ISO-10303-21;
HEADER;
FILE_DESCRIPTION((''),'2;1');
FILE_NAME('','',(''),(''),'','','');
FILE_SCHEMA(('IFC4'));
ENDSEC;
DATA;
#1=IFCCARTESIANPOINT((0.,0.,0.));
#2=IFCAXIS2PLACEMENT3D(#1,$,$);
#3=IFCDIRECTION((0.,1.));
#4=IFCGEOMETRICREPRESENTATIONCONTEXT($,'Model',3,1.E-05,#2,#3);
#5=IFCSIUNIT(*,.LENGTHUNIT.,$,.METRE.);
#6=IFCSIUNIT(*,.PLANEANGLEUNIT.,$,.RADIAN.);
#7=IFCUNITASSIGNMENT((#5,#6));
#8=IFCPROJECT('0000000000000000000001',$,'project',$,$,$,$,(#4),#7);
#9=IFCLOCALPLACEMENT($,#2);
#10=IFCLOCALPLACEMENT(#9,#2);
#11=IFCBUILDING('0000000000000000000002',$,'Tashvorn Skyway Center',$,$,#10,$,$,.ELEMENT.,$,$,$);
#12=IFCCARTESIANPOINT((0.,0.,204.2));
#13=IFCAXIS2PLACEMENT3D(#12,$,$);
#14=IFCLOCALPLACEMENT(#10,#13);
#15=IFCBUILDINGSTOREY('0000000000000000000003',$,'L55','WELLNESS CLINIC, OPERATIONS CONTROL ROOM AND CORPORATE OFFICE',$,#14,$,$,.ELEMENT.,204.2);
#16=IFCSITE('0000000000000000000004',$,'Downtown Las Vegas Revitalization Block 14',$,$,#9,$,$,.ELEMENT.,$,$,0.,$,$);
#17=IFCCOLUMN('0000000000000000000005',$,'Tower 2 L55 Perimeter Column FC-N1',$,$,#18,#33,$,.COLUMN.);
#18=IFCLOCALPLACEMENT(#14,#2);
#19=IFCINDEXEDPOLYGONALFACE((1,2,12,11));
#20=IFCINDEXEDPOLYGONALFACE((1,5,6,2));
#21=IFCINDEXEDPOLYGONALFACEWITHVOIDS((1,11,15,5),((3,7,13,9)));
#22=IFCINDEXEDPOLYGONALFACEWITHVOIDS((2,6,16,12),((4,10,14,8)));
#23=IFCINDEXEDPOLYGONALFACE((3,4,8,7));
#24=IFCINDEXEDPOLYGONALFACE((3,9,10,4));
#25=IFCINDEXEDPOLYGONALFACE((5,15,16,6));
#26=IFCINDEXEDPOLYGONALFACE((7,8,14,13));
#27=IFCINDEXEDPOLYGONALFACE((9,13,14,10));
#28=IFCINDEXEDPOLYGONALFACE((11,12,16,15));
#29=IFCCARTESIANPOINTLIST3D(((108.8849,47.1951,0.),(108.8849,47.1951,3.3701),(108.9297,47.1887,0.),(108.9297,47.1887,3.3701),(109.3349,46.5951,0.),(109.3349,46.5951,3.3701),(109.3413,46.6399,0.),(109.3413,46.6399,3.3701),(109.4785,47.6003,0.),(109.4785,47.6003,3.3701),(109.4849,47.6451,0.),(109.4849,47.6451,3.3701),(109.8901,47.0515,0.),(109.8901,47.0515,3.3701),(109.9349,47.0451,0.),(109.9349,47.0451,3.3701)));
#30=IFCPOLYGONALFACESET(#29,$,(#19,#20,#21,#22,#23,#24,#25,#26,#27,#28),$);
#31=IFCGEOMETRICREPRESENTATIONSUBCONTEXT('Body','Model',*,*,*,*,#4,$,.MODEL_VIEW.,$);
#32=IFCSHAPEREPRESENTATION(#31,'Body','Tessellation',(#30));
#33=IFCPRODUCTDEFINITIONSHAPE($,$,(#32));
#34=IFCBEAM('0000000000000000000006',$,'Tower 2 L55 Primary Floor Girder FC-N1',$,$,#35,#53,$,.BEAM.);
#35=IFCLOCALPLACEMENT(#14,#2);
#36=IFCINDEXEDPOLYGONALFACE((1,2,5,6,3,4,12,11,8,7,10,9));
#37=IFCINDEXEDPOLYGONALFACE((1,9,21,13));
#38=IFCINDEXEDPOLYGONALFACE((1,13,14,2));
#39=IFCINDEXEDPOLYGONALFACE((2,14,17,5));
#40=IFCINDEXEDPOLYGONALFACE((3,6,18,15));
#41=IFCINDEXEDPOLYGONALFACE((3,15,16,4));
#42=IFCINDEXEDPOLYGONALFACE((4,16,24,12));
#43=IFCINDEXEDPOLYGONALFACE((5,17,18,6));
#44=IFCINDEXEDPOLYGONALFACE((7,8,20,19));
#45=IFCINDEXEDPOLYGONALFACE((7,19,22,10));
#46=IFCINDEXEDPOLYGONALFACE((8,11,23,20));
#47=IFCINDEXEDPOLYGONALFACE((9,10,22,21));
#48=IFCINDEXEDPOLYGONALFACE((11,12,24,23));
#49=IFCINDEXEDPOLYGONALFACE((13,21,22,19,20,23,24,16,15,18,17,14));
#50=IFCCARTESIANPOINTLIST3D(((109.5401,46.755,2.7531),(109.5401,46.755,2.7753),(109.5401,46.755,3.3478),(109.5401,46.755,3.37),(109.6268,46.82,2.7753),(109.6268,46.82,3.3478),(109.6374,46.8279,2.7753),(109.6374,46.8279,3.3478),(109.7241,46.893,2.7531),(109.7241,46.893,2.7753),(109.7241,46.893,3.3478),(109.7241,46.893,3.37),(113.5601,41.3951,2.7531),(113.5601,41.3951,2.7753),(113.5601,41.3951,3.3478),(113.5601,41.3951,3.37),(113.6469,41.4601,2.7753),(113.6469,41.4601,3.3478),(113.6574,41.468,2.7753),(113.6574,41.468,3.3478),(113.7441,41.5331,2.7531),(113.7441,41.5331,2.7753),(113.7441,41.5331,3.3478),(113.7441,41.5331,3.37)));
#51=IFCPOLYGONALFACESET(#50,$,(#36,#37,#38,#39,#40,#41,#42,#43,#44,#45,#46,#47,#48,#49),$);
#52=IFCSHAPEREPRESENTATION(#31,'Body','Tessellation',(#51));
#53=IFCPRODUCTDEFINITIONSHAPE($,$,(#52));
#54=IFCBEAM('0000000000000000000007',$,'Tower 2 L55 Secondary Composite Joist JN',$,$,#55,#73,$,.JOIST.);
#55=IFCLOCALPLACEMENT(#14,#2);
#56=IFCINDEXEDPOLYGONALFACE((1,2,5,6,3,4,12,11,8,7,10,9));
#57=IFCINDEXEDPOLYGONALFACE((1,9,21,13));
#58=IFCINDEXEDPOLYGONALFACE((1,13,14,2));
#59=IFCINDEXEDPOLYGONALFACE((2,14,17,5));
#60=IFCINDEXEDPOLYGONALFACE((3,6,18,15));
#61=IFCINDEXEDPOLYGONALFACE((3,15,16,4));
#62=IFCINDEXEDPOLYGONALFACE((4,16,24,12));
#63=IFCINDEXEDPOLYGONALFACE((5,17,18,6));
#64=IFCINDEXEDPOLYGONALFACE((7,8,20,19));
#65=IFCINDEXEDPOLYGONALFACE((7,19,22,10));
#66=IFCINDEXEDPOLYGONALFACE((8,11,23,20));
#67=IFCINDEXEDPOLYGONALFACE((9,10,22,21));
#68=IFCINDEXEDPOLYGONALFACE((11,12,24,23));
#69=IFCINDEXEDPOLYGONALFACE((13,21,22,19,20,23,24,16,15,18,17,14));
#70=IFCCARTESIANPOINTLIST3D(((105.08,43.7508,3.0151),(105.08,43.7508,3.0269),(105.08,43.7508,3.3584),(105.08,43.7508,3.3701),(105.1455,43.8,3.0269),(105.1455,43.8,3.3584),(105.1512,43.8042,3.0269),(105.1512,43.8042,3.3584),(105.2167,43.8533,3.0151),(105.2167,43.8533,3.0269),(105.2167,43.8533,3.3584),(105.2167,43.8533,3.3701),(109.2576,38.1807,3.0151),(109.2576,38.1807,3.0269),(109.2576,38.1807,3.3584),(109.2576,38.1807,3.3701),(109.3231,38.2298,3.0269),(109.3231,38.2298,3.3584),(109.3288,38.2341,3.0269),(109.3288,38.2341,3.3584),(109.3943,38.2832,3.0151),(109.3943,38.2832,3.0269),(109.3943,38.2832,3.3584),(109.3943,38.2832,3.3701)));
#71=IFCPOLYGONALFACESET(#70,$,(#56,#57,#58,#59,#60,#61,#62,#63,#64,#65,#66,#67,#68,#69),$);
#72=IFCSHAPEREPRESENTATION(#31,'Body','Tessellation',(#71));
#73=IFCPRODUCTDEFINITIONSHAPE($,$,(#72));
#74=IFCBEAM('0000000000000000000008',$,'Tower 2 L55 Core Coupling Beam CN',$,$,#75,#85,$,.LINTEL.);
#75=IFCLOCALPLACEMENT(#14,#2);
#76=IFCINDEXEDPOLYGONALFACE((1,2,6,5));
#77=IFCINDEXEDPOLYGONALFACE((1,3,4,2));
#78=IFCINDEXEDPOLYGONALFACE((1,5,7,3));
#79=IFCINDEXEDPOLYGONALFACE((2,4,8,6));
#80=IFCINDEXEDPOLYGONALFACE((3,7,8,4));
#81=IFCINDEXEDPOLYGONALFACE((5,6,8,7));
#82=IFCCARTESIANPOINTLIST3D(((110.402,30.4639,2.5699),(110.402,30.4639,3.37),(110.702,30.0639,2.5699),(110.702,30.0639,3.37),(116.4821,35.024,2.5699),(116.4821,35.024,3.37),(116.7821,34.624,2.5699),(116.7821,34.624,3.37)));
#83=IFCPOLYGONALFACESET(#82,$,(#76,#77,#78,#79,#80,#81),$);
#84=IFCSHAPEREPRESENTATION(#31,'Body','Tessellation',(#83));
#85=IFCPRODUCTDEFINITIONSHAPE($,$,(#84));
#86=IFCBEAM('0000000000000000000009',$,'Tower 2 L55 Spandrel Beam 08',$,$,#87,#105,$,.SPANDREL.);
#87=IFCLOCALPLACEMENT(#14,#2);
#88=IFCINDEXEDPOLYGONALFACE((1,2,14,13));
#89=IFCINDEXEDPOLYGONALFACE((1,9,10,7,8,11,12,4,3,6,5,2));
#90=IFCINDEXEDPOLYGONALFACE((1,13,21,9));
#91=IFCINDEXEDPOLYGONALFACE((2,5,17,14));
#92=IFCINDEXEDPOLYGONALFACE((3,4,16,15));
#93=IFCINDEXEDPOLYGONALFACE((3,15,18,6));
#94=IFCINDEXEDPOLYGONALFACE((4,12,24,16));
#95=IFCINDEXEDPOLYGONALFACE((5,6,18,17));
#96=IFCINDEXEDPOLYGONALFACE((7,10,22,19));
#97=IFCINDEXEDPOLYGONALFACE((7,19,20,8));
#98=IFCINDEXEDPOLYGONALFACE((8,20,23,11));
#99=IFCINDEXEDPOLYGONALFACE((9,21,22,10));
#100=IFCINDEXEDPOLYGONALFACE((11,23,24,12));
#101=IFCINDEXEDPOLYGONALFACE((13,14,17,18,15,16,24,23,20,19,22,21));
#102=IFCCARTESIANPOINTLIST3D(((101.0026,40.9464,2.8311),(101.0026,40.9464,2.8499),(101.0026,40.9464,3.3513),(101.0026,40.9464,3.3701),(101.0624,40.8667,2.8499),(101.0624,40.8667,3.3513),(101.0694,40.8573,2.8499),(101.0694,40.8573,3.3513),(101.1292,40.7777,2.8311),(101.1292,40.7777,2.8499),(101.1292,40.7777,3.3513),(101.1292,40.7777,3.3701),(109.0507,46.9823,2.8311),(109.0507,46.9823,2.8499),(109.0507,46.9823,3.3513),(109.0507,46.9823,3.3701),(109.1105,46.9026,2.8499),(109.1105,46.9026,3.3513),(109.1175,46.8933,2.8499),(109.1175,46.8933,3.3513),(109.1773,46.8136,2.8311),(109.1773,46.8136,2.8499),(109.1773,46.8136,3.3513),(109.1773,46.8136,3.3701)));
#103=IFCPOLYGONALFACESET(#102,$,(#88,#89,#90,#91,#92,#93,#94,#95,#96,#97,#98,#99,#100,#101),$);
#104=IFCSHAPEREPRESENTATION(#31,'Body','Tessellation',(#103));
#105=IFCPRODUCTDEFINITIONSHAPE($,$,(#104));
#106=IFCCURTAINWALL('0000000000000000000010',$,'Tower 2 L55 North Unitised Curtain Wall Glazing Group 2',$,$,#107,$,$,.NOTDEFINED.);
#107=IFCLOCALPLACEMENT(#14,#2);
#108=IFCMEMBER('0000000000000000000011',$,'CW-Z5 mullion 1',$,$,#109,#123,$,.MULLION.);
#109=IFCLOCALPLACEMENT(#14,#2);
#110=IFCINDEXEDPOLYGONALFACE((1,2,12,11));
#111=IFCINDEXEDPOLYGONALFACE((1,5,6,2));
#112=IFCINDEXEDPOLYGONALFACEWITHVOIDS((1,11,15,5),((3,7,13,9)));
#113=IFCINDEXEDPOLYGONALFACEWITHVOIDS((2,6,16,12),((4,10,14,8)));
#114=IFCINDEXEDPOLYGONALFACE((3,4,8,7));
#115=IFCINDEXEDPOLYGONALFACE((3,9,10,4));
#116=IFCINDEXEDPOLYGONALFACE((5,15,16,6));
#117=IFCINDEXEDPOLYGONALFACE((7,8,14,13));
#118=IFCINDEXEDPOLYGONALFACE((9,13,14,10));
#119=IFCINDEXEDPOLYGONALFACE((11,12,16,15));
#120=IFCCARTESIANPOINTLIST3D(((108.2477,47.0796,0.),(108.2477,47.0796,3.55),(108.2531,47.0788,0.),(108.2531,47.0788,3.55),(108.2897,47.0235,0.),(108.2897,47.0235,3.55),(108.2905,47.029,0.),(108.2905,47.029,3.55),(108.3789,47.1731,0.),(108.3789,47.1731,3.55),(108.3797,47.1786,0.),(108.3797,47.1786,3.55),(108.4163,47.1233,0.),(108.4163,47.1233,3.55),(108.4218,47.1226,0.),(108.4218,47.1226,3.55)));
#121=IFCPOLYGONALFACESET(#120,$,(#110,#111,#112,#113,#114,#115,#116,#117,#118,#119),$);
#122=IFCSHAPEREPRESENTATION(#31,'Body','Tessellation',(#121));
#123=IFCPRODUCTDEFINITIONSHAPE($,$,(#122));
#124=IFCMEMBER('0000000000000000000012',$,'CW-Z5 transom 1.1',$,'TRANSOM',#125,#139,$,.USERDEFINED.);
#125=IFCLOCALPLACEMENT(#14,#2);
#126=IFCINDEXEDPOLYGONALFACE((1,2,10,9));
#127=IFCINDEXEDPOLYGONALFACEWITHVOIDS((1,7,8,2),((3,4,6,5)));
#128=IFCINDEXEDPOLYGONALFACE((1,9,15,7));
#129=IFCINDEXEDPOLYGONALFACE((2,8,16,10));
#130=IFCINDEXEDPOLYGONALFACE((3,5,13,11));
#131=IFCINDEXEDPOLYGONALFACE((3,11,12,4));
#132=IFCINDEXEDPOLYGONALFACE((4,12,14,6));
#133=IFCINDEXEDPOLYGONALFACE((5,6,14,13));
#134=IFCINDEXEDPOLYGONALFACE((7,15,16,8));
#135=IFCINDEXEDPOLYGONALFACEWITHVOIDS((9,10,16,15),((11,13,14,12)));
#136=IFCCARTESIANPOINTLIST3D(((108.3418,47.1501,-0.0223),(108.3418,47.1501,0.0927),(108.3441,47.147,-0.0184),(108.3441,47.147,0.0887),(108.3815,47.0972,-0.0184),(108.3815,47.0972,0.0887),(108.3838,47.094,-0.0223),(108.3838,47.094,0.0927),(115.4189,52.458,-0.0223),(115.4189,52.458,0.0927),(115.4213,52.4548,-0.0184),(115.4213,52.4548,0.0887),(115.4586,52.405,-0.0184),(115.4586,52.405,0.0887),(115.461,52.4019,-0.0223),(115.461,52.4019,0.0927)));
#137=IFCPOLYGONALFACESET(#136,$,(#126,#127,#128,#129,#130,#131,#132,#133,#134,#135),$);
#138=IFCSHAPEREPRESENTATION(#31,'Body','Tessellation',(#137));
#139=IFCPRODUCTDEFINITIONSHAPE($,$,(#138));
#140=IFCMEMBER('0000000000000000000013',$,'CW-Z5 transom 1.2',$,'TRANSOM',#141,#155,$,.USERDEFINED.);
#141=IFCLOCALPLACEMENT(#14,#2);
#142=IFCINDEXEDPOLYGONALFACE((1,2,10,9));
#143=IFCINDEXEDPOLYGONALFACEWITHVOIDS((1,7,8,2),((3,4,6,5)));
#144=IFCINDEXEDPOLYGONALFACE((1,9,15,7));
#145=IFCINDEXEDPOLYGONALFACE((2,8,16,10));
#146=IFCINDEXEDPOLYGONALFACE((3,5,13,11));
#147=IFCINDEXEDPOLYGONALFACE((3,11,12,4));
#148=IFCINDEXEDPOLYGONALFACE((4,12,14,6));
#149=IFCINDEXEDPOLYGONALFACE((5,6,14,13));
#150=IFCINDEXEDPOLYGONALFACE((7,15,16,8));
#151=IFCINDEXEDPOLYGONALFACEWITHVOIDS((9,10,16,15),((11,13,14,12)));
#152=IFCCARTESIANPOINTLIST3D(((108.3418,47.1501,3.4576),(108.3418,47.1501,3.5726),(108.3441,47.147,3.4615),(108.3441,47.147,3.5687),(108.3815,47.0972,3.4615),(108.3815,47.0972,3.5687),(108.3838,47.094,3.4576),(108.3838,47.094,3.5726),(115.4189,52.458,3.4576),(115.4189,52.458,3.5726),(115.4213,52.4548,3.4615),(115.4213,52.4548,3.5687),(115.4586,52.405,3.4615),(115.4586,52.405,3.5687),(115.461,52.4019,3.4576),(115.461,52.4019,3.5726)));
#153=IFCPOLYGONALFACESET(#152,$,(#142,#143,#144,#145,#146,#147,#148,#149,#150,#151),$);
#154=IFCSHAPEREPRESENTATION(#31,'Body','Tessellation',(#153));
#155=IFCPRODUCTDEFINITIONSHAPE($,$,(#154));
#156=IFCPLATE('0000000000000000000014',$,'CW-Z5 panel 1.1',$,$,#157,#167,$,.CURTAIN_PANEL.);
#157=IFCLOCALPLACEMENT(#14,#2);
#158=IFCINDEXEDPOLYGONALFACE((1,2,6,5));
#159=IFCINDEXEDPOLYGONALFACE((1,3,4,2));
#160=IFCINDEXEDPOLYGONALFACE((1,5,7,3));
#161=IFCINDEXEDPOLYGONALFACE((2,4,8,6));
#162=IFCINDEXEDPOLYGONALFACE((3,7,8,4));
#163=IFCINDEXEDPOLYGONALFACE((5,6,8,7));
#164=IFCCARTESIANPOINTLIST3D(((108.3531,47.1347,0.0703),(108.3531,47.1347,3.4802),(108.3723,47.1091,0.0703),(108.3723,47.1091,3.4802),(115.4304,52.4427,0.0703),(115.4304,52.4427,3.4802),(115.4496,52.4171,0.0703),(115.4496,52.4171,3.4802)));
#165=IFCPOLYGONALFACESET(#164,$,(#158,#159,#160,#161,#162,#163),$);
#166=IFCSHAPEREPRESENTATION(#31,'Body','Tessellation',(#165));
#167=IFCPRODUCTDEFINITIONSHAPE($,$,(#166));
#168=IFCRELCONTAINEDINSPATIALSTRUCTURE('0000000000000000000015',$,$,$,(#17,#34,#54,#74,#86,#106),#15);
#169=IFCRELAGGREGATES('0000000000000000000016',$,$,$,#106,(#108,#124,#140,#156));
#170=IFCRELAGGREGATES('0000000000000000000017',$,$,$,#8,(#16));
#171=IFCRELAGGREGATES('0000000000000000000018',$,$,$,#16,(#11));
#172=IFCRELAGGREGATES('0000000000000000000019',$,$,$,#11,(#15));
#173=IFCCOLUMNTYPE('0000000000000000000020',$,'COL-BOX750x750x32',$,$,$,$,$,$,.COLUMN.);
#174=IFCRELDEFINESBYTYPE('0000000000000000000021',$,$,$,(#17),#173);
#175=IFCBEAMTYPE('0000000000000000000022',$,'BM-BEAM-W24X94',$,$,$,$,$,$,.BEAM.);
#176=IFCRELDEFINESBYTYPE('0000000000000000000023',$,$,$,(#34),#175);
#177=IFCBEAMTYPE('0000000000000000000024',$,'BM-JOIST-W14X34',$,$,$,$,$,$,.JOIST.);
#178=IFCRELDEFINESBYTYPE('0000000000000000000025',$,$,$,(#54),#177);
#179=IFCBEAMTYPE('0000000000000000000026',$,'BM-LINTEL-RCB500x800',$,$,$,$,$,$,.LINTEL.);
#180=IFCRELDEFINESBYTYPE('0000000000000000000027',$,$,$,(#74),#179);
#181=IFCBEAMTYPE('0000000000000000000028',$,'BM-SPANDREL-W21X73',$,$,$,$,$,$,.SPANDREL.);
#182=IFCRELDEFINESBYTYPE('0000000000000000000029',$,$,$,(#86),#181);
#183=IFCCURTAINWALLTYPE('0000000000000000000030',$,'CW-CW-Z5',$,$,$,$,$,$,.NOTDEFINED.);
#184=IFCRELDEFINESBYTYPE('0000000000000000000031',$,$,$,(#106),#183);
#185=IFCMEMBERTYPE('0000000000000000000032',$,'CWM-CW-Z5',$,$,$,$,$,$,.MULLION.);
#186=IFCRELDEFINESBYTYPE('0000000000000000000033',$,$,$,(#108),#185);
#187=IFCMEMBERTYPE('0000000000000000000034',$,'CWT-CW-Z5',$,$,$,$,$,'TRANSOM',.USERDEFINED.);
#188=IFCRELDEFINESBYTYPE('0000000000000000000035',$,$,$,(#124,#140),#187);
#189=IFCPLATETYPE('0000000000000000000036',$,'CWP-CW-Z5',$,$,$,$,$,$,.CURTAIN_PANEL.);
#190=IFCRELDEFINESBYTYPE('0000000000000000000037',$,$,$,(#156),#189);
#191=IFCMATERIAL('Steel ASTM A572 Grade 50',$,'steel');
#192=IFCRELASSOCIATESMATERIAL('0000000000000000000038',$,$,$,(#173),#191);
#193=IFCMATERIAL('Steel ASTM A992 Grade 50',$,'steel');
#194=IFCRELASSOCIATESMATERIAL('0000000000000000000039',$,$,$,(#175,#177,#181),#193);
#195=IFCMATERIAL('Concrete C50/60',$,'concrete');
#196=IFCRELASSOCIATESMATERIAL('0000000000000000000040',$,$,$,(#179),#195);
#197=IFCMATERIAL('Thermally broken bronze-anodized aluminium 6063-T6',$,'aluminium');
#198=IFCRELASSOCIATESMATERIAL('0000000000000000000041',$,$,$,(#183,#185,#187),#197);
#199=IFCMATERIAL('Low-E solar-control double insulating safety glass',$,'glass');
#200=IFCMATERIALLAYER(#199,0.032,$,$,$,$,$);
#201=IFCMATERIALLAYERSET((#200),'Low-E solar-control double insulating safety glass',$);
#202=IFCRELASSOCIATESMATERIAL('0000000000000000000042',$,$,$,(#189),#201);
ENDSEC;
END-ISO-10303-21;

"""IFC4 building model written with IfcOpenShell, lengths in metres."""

from ifc_helpers import new_model, si_unit, direction, frame, origin, origin_2d, place, context, subcontext, project, spatial, rectangle, hollow_rectangle, i_section, extrude, material, layer, layer_set, material_profile, profile_set, type_object, element, aggregate, save


model = new_model("IFC4")

# Units and contexts
model_context = context("Model", 3, precision=1e-05, world=origin(), true_north=direction((0.0, 1.0)))
body_context = subcontext(model_context, "Body", "Model", "MODEL_VIEW")
ifc_project = project(units=[si_unit("LENGTHUNIT", "METRE"), si_unit("PLANEANGLEUNIT", "RADIAN")], contexts=[model_context])

# Site, building, storey
site_placement = place(None, origin())
site = spatial("IfcSite", under=ifc_project, at=site_placement, Name="Downtown Las Vegas Revitalization Block 14", CompositionType="ELEMENT", RefElevation=0.0)
building_placement = place(site_placement, origin())
building = spatial("IfcBuilding", under=site, at=building_placement, Name="Tashvorn Skyway Center", CompositionType="ELEMENT")
storey_placement = place(building_placement, frame((0.0, 0.0, 204.2)))
storey = spatial("IfcBuildingStorey", under=building, at=storey_placement, Name="L55", Description="WELLNESS CLINIC, OPERATIONS CONTROL ROOM AND CORPORATE OFFICE", CompositionType="ELEMENT", Elevation=204.2)

# Column
ifc_material_1 = material(Name="Steel ASTM A572 Grade 50", Category="steel")
ifc_material_profile_1 = material_profile(ifc_material_1, hollow_rectangle(XDim=0.75, YDim=0.75, WallThickness=0.032, at=origin_2d()), Name="BOX750x750x32")
ifc_profile_set_1 = profile_set([ifc_material_profile_1], Name="Steel ASTM A572 Grade 50")
column_type = type_object("IfcColumnType", Name="COL-BOX750x750x32", PredefinedType="COLUMN", material=ifc_profile_set_1)
column_placement = place(storey_placement, frame((109.4099, 47.1201, 0.0), z_axis=(0.0, 0.0, 1.0), x_axis=(0.8, 0.6, 0.0)))
element("IfcColumn", 1, at=column_placement, inside=storey, type_object=column_type, Name="Tower 2 L55 Perimeter Column FC-N1", PredefinedType="COLUMN", context=body_context, shape_type="SweptSolid", body=[
    extrude(hollow_rectangle(XDim=0.75, YDim=0.75, WallThickness=0.032, at=origin_2d()), origin(), (0.0, 0.0, 1.0), 3.3701),
])

# Beams
ifc_material_2 = material(Name="Steel ASTM A992 Grade 50", Category="steel")
ifc_material_profile_2 = material_profile(ifc_material_2, i_section(OverallWidth=0.23, OverallDepth=0.6169, WebThickness=0.0132, FlangeThickness=0.0222, at=origin_2d()), Name="W24X94")
ifc_profile_set_2 = profile_set([ifc_material_profile_2], Name="Steel ASTM A992 Grade 50")
beam_type_1 = type_object("IfcBeamType", Name="BM-BEAM-W24X94", PredefinedType="BEAM", material=ifc_profile_set_2)
beam_1_placement = place(storey_placement, frame((109.6321, 46.824, 3.0615), z_axis=(0.600012, -0.799991, 0.0), x_axis=(0.799991, 0.600012, 0.0)))
element("IfcBeam", 2, at=beam_1_placement, inside=storey, type_object=beam_type_1, Name="Tower 2 L55 Primary Floor Girder FC-N1", PredefinedType="BEAM", context=body_context, shape_type="SweptSolid", body=[
    extrude(i_section(OverallWidth=0.23, OverallDepth=0.6169, WebThickness=0.0132, FlangeThickness=0.0222, at=origin_2d()), origin(), (0.0, 0.0, 1.0), 6.7),
])
ifc_material_profile_3 = material_profile(ifc_material_2, i_section(OverallWidth=0.1709, OverallDepth=0.355, WebThickness=0.0071, FlangeThickness=0.0117, at=origin_2d()), Name="W14X34")
ifc_profile_set_3 = profile_set([ifc_material_profile_3], Name="Steel ASTM A992 Grade 50")
beam_type_2 = type_object("IfcBeamType", Name="BM-JOIST-W14X34", PredefinedType="JOIST", material=ifc_profile_set_3)
beam_2_placement = place(storey_placement, frame((109.3259, 38.2319, 3.1926), z_axis=(-0.599994, 0.800004, 0.0), x_axis=(-0.800004, -0.599994, 0.0)))
element("IfcBeam", 3, at=beam_2_placement, inside=storey, type_object=beam_type_2, Name="Tower 2 L55 Secondary Composite Joist JN", PredefinedType="JOIST", context=body_context, shape_type="SweptSolid", body=[
    extrude(i_section(OverallWidth=0.1709, OverallDepth=0.355, WebThickness=0.0071, FlangeThickness=0.0117, at=origin_2d()), origin(), (0.0, 0.0, 1.0), 6.9626),
])
ifc_material_3 = material(Name="Concrete C50/60", Category="concrete")
ifc_material_profile_4 = material_profile(ifc_material_3, rectangle(XDim=0.5, YDim=0.8, at=origin_2d()), Name="RCB500x800")
ifc_profile_set_4 = profile_set([ifc_material_profile_4], Name="Concrete C50/60")
beam_type_3 = type_object("IfcBeamType", Name="BM-LINTEL-RCB500x800", PredefinedType="LINTEL", material=ifc_profile_set_4)
beam_3_placement = place(storey_placement, frame((110.552, 30.2639, 2.97), z_axis=(0.8, 0.6, 0.0), x_axis=(-0.6, 0.8, 0.0)))
element("IfcBeam", 4, at=beam_3_placement, inside=storey, type_object=beam_type_3, Name="Tower 2 L55 Core Coupling Beam CN", PredefinedType="LINTEL", context=body_context, shape_type="SweptSolid", body=[
    extrude(rectangle(XDim=0.5, YDim=0.8, at=origin_2d()), origin(), (0.0, 0.0, 1.0), 7.6001),
])
ifc_material_profile_5 = material_profile(ifc_material_2, i_section(OverallWidth=0.2109, OverallDepth=0.5391, WebThickness=0.0117, FlangeThickness=0.0188, at=origin_2d()), Name="W21X73")
ifc_profile_set_5 = profile_set([ifc_material_profile_5], Name="Steel ASTM A992 Grade 50")
beam_type_4 = type_object("IfcBeamType", Name="BM-SPANDREL-W21X73", PredefinedType="SPANDREL", material=ifc_profile_set_5)
beam_4_placement = place(storey_placement, frame((109.114, 46.8979, 3.1006), z_axis=(-0.800009, -0.599988, 0.0), x_axis=(0.599988, -0.800009, 0.0)))
element("IfcBeam", 5, at=beam_4_placement, inside=storey, type_object=beam_type_4, Name="Tower 2 L55 Spandrel Beam 08", PredefinedType="SPANDREL", context=body_context, shape_type="SweptSolid", body=[
    extrude(i_section(OverallWidth=0.2109, OverallDepth=0.5391, WebThickness=0.0117, FlangeThickness=0.0188, at=origin_2d()), origin(), (0.0, 0.0, 1.0), 10.0601),
])

# Curtain wall, members, plate
ifc_material_4 = material(Name="Thermally broken bronze-anodized aluminium 6063-T6", Category="aluminium")
curtain_wall_type = type_object("IfcCurtainWallType", Name="CW-CW-Z5", PredefinedType="NOTDEFINED", material=ifc_material_4)
curtain_wall_placement = place(storey_placement, origin())
curtain_wall = element("IfcCurtainWall", 6, at=curtain_wall_placement, inside=storey, type_object=curtain_wall_type, Name="Tower 2 L55 North Unitised Curtain Wall Glazing Group 2", PredefinedType="NOTDEFINED")
ifc_material_profile_6 = material_profile(ifc_material_4, hollow_rectangle(XDim=0.0701, YDim=0.165, WallThickness=0.0039, at=origin_2d()), Name="ALU-MULL-70x165")
ifc_profile_set_6 = profile_set([ifc_material_profile_6], Name="Thermally broken bronze-anodized aluminium 6063-T6")
member_type_1 = type_object("IfcMemberType", Name="CWM-CW-Z5", PredefinedType="MULLION", material=ifc_profile_set_6)
member_1_placement = place(storey_placement, frame((108.3347, 47.1011, 0.0), z_axis=(0.0, 0.0, 1.0), x_axis=(-0.600002, 0.799999, 0.0)))
member_1 = element("IfcMember", 7, at=member_1_placement, type_object=member_type_1, Name="CW-Z5 mullion 1", PredefinedType="MULLION", context=body_context, shape_type="SweptSolid", body=[
    extrude(hollow_rectangle(XDim=0.0701, YDim=0.165, WallThickness=0.0039, at=origin_2d()), origin(), (0.0, 0.0, 1.0), 3.55),
])
ifc_material_profile_7 = material_profile(ifc_material_4, hollow_rectangle(XDim=0.0701, YDim=0.115, WallThickness=0.0039, at=origin_2d()), Name="ALU-TRAN-70x115")
ifc_profile_set_7 = profile_set([ifc_material_profile_7], Name="Thermally broken bronze-anodized aluminium 6063-T6")
member_type_2 = type_object("IfcMemberType", Name="CWT-CW-Z5", ElementType="TRANSOM", PredefinedType="USERDEFINED", material=ifc_profile_set_7)
member_2_placement = place(storey_placement, frame((108.3628, 47.1221, 0.0352), z_axis=(0.8, 0.6, 0.0), x_axis=(-0.6, 0.8, 0.0)))
member_2 = element("IfcMember", 8, at=member_2_placement, type_object=member_type_2, Name="CW-Z5 transom 1.1", ObjectType="TRANSOM", PredefinedType="USERDEFINED", context=body_context, shape_type="SweptSolid", body=[
    extrude(hollow_rectangle(XDim=0.0701, YDim=0.115, WallThickness=0.0039, at=origin_2d()), origin(), (0.0, 0.0, 1.0), 8.8464),
])
member_3_placement = place(storey_placement, frame((108.3628, 47.1221, 3.5151), z_axis=(0.8, 0.6, 0.0), x_axis=(-0.6, 0.8, 0.0)))
member_3 = element("IfcMember", 9, at=member_3_placement, type_object=member_type_2, Name="CW-Z5 transom 1.2", ObjectType="TRANSOM", PredefinedType="USERDEFINED", context=body_context, shape_type="SweptSolid", body=[
    extrude(hollow_rectangle(XDim=0.0701, YDim=0.115, WallThickness=0.0039, at=origin_2d()), origin(), (0.0, 0.0, 1.0), 8.8464),
])
ifc_material_5 = material(Name="Low-E solar-control double insulating safety glass", Category="glass")
ifc_layer_1 = layer(ifc_material_5, 0.032)
ifc_layer_set_1 = layer_set([ifc_layer_1], Name="Low-E solar-control double insulating safety glass")
plate_type = type_object("IfcPlateType", Name="CWP-CW-Z5", PredefinedType="CURTAIN_PANEL", material=ifc_layer_set_1)
plate_placement = place(storey_placement, frame((111.9014, 49.7759, 0.0703), z_axis=(0.0, 0.0, 1.0), x_axis=(0.799999, 0.600002, 0.0)))
plate = element("IfcPlate", 10, at=plate_placement, type_object=plate_type, Name="CW-Z5 panel 1.1", PredefinedType="CURTAIN_PANEL", context=body_context, shape_type="SweptSolid", body=[
    extrude(rectangle(XDim=8.8467, YDim=0.032, at=origin_2d()), origin(), (0.0, 0.0, 1.0), 3.4099),
])
aggregate(curtain_wall, [member_1, member_2, member_3, plate])

save(model, "model.ifc")
